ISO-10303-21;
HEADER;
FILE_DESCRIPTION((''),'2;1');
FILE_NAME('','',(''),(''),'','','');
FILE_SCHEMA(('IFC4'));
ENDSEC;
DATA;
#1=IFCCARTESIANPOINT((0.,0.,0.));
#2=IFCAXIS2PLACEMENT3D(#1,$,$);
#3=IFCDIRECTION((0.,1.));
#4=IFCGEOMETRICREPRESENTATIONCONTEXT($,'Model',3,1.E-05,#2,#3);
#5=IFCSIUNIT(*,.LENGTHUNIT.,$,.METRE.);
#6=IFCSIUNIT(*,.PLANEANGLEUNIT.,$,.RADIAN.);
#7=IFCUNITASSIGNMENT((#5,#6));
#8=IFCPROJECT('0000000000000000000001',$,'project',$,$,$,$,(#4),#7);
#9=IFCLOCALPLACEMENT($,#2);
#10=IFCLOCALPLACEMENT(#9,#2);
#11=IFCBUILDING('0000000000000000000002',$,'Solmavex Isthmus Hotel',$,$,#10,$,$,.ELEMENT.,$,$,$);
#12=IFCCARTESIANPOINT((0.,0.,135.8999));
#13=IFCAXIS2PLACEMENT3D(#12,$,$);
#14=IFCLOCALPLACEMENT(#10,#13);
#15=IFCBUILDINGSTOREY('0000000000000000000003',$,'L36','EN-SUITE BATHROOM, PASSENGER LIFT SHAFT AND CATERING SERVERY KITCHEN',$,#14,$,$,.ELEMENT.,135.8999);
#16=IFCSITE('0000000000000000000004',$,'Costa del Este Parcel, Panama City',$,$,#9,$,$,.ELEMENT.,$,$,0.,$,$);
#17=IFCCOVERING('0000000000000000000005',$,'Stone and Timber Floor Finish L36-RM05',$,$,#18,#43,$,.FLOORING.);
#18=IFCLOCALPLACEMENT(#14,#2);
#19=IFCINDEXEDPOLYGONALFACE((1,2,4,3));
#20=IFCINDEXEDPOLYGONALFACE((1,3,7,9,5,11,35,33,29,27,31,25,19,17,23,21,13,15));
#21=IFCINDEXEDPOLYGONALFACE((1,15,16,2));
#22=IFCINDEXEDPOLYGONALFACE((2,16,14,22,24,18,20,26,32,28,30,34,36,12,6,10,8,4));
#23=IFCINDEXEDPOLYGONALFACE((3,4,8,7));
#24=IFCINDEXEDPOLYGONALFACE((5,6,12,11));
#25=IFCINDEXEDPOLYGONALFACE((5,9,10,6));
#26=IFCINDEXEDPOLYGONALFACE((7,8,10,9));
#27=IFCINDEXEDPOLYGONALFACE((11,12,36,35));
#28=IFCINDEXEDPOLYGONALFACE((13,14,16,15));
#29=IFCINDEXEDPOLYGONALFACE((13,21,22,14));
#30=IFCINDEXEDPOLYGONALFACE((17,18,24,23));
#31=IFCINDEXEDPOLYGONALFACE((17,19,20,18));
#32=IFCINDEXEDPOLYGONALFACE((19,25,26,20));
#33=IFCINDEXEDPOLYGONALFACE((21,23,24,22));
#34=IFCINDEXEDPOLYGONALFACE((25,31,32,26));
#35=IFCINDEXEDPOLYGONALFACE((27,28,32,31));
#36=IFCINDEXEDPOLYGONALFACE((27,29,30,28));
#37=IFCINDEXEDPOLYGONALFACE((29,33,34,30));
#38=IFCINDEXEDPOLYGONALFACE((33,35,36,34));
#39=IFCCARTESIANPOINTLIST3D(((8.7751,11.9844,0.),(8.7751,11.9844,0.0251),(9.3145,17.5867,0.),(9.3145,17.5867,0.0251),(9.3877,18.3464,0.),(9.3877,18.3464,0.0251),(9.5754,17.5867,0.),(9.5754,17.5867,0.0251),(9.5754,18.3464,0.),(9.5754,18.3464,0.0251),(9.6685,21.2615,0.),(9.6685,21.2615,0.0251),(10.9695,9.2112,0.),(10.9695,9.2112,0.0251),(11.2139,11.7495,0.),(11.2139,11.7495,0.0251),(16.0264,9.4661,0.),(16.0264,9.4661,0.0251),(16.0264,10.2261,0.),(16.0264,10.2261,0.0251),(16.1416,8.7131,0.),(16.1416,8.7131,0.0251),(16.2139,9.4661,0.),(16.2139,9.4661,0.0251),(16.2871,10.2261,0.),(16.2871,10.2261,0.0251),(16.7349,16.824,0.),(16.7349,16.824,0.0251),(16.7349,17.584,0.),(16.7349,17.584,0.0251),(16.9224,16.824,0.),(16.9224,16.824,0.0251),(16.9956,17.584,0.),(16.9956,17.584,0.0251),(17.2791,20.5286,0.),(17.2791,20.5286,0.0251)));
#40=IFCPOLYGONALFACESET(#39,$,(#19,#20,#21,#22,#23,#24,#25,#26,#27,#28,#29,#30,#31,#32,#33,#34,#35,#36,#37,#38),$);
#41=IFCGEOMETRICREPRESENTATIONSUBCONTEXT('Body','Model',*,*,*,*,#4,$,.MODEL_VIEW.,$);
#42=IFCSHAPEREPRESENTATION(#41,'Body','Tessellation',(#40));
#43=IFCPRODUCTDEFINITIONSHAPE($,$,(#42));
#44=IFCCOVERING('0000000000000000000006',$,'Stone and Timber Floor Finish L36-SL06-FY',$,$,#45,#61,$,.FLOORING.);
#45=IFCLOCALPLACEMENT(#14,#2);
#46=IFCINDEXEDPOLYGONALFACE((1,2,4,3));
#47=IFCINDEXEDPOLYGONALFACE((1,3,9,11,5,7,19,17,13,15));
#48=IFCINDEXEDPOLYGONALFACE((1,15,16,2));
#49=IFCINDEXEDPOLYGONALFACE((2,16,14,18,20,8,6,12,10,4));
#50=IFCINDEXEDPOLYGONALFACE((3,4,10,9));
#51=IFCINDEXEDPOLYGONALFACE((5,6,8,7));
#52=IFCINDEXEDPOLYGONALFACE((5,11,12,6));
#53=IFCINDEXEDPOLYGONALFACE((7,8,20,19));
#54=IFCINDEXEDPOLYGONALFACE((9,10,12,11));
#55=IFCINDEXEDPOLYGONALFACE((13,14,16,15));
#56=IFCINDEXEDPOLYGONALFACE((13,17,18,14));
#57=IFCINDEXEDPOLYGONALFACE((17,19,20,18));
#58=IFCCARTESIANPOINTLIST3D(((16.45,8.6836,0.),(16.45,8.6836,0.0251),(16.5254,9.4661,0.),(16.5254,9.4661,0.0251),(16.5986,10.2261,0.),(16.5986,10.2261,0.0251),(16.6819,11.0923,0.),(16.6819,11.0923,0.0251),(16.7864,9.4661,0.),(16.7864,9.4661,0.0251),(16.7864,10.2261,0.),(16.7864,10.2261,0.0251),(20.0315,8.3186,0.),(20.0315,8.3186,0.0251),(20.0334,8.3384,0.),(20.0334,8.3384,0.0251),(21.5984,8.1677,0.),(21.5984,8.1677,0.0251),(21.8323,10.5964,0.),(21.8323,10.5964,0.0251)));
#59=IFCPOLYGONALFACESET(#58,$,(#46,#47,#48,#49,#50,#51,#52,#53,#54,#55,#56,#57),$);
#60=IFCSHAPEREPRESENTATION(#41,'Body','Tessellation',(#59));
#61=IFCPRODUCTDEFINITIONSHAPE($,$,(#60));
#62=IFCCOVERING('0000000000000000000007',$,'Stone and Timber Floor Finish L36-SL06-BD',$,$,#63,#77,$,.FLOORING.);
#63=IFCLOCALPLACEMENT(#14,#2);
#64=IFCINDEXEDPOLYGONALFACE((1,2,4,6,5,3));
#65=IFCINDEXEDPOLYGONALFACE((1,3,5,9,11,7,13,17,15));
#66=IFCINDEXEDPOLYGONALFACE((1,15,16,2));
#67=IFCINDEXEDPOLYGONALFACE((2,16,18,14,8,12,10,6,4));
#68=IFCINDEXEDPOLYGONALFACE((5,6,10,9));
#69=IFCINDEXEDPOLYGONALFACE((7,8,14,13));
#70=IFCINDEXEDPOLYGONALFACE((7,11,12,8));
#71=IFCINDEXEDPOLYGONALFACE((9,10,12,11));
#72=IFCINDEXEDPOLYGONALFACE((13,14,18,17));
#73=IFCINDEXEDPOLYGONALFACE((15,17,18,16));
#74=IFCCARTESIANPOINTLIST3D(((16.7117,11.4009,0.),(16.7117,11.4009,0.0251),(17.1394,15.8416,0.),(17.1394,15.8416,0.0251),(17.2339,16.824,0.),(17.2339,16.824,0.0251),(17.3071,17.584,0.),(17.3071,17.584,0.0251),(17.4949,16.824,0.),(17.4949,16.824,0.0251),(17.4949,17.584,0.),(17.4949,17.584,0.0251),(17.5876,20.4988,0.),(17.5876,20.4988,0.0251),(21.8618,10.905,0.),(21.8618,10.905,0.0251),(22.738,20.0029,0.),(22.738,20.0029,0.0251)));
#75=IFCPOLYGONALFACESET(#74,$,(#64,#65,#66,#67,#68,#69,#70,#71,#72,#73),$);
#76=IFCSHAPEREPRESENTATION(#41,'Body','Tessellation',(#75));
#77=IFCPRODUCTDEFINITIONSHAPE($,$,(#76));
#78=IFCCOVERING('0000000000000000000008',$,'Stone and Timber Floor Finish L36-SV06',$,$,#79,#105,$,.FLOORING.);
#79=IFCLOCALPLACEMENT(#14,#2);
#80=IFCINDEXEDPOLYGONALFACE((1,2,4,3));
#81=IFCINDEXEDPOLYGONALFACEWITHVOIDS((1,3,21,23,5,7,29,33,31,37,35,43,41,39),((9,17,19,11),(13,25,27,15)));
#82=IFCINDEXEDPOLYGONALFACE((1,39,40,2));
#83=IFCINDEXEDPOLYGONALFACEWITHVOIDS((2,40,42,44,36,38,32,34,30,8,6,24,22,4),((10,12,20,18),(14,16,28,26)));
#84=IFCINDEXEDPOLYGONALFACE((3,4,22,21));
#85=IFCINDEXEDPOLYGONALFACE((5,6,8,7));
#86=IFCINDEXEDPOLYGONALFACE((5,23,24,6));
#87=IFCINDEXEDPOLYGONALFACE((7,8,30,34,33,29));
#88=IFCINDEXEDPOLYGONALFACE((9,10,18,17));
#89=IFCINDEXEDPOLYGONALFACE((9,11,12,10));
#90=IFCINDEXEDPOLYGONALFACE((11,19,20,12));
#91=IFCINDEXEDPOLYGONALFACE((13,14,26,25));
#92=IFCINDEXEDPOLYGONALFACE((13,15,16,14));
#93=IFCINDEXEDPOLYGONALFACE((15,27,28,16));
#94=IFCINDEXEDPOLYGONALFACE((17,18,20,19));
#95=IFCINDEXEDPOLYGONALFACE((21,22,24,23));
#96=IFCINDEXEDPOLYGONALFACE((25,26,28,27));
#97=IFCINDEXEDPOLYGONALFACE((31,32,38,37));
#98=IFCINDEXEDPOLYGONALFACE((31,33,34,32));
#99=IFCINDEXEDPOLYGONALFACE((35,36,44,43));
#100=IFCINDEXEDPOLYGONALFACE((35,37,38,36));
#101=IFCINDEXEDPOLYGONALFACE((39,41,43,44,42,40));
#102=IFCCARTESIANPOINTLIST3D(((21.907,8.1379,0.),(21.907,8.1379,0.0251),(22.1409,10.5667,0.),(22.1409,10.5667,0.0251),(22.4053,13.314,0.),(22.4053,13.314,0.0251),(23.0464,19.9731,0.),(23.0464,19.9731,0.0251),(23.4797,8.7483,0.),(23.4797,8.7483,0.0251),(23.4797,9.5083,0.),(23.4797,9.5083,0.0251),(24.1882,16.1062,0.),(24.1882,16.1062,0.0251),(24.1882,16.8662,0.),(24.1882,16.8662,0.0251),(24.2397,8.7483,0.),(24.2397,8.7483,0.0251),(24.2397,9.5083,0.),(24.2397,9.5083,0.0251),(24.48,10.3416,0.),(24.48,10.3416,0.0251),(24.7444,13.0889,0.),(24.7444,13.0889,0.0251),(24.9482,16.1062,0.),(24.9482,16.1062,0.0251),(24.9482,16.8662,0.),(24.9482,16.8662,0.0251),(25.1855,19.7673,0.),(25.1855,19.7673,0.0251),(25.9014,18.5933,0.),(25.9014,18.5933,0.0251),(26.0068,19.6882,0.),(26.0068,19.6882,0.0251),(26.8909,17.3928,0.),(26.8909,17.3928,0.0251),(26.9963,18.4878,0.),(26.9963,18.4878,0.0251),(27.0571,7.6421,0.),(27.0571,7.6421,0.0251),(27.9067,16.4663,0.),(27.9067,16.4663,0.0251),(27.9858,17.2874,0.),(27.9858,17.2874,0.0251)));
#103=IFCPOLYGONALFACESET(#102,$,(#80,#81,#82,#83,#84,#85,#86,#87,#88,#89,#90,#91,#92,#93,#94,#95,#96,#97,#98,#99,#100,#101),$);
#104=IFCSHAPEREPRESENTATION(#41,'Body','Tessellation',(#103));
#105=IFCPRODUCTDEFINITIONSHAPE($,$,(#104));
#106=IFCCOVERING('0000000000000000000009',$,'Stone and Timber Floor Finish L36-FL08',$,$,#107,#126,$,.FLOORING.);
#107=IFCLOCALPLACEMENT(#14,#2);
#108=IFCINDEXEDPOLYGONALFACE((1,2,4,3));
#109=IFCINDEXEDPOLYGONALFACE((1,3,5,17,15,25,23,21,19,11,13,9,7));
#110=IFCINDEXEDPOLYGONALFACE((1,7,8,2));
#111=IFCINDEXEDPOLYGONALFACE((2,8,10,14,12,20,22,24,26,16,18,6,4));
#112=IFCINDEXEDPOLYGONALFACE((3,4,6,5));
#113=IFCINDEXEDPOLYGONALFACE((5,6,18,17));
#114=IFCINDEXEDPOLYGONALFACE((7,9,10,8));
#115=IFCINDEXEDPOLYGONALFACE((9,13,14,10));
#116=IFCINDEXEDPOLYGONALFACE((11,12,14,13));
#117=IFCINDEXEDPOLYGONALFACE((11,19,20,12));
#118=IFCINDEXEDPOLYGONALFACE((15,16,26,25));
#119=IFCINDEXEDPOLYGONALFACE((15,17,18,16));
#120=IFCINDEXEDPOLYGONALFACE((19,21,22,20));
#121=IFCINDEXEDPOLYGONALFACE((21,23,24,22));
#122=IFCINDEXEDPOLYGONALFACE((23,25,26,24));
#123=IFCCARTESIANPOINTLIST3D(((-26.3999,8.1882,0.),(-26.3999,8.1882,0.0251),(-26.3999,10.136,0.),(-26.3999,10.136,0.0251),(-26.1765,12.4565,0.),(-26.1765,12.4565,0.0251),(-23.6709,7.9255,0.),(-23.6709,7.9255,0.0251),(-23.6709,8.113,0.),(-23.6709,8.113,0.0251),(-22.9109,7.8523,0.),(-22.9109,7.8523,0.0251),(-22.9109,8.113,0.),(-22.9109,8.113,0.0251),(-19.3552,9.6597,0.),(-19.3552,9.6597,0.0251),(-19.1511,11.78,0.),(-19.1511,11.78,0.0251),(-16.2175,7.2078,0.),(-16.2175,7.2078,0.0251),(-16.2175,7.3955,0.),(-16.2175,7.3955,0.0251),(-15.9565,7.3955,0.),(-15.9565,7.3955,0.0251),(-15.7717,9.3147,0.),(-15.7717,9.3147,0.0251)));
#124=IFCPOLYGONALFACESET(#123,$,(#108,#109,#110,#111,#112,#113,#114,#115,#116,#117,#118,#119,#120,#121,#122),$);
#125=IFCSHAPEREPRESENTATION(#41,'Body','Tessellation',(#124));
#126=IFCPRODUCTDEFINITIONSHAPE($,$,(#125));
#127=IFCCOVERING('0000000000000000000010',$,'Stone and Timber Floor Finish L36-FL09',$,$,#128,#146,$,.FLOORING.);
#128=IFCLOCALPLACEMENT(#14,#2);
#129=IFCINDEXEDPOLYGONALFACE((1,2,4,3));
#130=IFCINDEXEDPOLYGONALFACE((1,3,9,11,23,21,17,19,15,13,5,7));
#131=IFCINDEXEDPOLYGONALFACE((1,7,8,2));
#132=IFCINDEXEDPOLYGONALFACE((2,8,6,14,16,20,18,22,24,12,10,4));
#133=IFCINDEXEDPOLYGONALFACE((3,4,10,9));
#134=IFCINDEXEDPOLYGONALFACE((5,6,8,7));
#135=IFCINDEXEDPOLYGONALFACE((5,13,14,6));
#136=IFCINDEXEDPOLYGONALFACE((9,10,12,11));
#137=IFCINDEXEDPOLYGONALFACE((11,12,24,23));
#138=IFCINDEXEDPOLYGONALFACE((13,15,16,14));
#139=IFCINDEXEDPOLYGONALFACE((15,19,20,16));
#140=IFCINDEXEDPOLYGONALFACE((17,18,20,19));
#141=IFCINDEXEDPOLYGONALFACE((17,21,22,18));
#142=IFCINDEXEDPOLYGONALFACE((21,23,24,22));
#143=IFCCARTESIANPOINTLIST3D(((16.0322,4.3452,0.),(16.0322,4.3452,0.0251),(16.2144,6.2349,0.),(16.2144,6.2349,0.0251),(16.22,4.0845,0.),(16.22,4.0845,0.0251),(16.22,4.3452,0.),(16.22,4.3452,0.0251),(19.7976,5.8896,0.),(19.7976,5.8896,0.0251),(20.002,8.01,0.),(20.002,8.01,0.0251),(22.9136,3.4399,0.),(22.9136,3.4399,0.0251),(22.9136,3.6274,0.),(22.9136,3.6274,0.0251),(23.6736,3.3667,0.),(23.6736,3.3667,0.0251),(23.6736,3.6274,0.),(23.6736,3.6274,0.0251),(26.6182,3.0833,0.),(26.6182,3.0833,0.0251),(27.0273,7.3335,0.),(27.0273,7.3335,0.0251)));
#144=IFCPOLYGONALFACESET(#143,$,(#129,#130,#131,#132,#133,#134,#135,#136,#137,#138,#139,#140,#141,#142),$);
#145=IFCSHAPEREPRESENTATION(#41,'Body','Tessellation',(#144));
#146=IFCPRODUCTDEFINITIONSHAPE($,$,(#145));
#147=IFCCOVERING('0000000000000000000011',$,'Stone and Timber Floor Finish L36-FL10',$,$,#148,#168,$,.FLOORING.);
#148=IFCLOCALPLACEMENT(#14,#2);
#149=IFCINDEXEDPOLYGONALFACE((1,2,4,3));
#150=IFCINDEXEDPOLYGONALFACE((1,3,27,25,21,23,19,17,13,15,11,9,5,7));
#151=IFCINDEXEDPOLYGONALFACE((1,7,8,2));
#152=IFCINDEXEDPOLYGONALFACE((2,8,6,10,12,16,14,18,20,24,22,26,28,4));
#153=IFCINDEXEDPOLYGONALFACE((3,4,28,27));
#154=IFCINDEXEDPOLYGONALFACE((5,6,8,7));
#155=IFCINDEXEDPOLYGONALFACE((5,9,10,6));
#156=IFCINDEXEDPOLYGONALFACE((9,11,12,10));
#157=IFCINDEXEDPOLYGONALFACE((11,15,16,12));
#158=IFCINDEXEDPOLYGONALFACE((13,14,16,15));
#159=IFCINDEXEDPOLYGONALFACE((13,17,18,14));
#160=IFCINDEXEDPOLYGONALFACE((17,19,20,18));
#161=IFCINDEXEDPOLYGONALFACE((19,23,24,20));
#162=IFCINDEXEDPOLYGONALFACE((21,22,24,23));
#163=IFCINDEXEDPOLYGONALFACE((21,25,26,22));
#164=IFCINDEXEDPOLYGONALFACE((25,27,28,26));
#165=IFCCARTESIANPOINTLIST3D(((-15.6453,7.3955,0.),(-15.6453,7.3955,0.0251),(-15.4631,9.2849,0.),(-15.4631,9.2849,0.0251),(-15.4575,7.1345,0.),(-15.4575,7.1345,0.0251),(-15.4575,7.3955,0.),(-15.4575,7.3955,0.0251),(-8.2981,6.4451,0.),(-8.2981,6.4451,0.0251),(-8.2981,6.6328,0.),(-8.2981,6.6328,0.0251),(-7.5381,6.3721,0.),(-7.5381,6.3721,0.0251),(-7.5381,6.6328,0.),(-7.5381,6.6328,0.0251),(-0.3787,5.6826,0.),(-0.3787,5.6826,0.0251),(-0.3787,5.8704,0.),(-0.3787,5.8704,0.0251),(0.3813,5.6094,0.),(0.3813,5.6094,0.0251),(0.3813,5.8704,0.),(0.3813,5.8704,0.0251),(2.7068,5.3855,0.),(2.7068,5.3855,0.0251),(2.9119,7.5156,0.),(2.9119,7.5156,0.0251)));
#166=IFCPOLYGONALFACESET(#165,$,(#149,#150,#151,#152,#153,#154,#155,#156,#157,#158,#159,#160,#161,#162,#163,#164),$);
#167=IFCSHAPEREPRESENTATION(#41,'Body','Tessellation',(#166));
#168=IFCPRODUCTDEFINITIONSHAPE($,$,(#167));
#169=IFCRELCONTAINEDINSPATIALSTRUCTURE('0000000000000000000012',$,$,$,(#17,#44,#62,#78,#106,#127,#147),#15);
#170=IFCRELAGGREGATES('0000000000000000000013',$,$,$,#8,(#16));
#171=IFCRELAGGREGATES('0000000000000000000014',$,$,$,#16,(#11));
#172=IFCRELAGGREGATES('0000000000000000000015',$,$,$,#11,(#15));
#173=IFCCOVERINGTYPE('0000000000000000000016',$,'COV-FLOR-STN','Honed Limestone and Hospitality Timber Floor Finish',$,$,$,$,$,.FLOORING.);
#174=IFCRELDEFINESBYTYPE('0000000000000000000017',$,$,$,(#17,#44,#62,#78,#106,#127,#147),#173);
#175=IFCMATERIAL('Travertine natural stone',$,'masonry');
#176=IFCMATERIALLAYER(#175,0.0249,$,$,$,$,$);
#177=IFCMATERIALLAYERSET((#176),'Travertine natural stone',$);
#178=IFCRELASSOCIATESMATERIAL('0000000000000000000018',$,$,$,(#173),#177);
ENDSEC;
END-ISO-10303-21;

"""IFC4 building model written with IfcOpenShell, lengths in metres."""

from ifc_helpers import new_model, si_unit, direction, frame, origin, place, context, subcontext, project, spatial, polyline, outline, extrude, material, layer, layer_set, type_object, element, save


model = new_model("IFC4")

# Units and contexts
model_context = context("Model", 3, precision=1e-05, world=origin(), true_north=direction((0.0, 1.0)))
body_context = subcontext(model_context, "Body", "Model", "MODEL_VIEW")
ifc_project = project(units=[si_unit("LENGTHUNIT", "METRE"), si_unit("PLANEANGLEUNIT", "RADIAN")], contexts=[model_context])

# Site, building, storey
site_placement = place(None, origin())
site = spatial("IfcSite", under=ifc_project, at=site_placement, Name="Costa del Este Parcel, Panama City", CompositionType="ELEMENT", RefElevation=0.0)
building_placement = place(site_placement, origin())
building = spatial("IfcBuilding", under=site, at=building_placement, Name="Solmavex Isthmus Hotel", CompositionType="ELEMENT")
storey_placement = place(building_placement, frame((0.0, 0.0, 135.8999)))
storey = spatial("IfcBuildingStorey", under=building, at=storey_placement, Name="L36", Description="EN-SUITE BATHROOM, PASSENGER LIFT SHAFT AND CATERING SERVERY KITCHEN", CompositionType="ELEMENT", Elevation=135.8999)

# Coverings
ifc_material_1 = material(Name="Travertine natural stone", Category="masonry")
ifc_layer_1 = layer(ifc_material_1, 0.0249)
ifc_layer_set_1 = layer_set([ifc_layer_1], Name="Travertine natural stone")
covering_type_1 = type_object("IfcCoveringType", Name="COV-FLOR-STN", Description="Honed Limestone and Hospitality Timber Floor Finish", PredefinedType="FLOORING", material=ifc_layer_set_1)
covering_1_placement = place(storey_placement, origin())
element("IfcCovering", 1, at=covering_1_placement, inside=storey, type_object=covering_type_1, Name="Stone and Timber Floor Finish L36-RM05", PredefinedType="FLOORING", context=body_context, shape_type="SweptSolid", body=[
    extrude(outline(polyline([(9.3877, 18.3464), (9.5754, 18.3464), (9.5754, 17.5867), (9.3145, 17.5867), (8.7751, 11.9844), (11.2139, 11.7495), (10.9695, 9.2112), (16.1416, 8.7131), (16.2139, 9.4661), (16.0264, 9.4661), (16.0264, 10.2261), (16.2871, 10.2261), (16.9224, 16.824), (16.7349, 16.824), (16.7349, 17.584), (16.9956, 17.584), (17.2791, 20.5286), (9.6685, 21.2615), (9.3877, 18.3464)])), origin(), (0.0, 0.0, 1.0), 0.0251),
])
covering_2_placement = place(storey_placement, origin())
element("IfcCovering", 2, at=covering_2_placement, inside=storey, type_object=covering_type_1, Name="Stone and Timber Floor Finish L36-SL06-FY", PredefinedType="FLOORING", context=body_context, shape_type="SweptSolid", body=[
    extrude(outline(polyline([(16.5986, 10.2261), (16.7864, 10.2261), (16.7864, 9.4661), (16.5254, 9.4661), (16.45, 8.6836), (20.0334, 8.3384), (20.0315, 8.3186), (21.5984, 8.1677), (21.8323, 10.5964), (16.6819, 11.0923), (16.5986, 10.2261)])), origin(), (0.0, 0.0, 1.0), 0.0251),
])
covering_3_placement = place(storey_placement, origin())
element("IfcCovering", 3, at=covering_3_placement, inside=storey, type_object=covering_type_1, Name="Stone and Timber Floor Finish L36-SL06-BD", PredefinedType="FLOORING", context=body_context, shape_type="SweptSolid", body=[
    extrude(outline(polyline([(17.3071, 17.584), (17.4949, 17.584), (17.4949, 16.824), (17.2339, 16.824), (17.1394, 15.8416), (16.7117, 11.4009), (21.8618, 10.905), (22.738, 20.0029), (17.5876, 20.4988), (17.3071, 17.584)])), origin(), (0.0, 0.0, 1.0), 0.0251),
])
covering_4_placement = place(storey_placement, origin())
element("IfcCovering", 4, at=covering_4_placement, inside=storey, type_object=covering_type_1, Name="Stone and Timber Floor Finish L36-SV06", PredefinedType="FLOORING", context=body_context, shape_type="SweptSolid", body=[
    extrude(outline(polyline([(22.1409, 10.5667), (21.907, 8.1379), (27.0571, 7.6421), (27.9067, 16.4663), (27.9858, 17.2874), (26.8909, 17.3928), (26.9963, 18.4878), (25.9014, 18.5933), (26.0068, 19.6882), (25.1855, 19.7673), (23.0464, 19.9731), (22.4053, 13.314), (24.7444, 13.0889), (24.48, 10.3416), (22.1409, 10.5667)]), holes=[polyline([(24.1882, 16.1062), (24.1882, 16.8662), (24.9482, 16.8662), (24.9482, 16.1062), (24.1882, 16.1062)]), polyline([(23.4797, 8.7483), (23.4797, 9.5083), (24.2397, 9.5083), (24.2397, 8.7483), (23.4797, 8.7483)])]), origin(), (0.0, 0.0, 1.0), 0.0251),
])
covering_5_placement = place(storey_placement, origin())
element("IfcCovering", 5, at=covering_5_placement, inside=storey, type_object=covering_type_1, Name="Stone and Timber Floor Finish L36-FL08", PredefinedType="FLOORING", context=body_context, shape_type="SweptSolid", body=[
    extrude(outline(polyline([(-16.2175, 7.2078), (-16.2175, 7.3955), (-15.9565, 7.3955), (-15.7717, 9.3147), (-19.3552, 9.6597), (-19.1511, 11.78), (-26.1765, 12.4565), (-26.3999, 10.136), (-26.3999, 8.1882), (-23.6709, 7.9255), (-23.6709, 8.113), (-22.9109, 8.113), (-22.9109, 7.8523), (-16.2175, 7.2078)])), origin(), (0.0, 0.0, 1.0), 0.0251),
])
covering_6_placement = place(storey_placement, origin())
element("IfcCovering", 6, at=covering_6_placement, inside=storey, type_object=covering_type_1, Name="Stone and Timber Floor Finish L36-FL09", PredefinedType="FLOORING", context=body_context, shape_type="SweptSolid", body=[
    extrude(outline(polyline([(22.9136, 3.4399), (22.9136, 3.6274), (23.6736, 3.6274), (23.6736, 3.3667), (26.6182, 3.0833), (27.0273, 7.3335), (20.002, 8.01), (19.7976, 5.8896), (16.2144, 6.2349), (16.0322, 4.3452), (16.22, 4.3452), (16.22, 4.0845), (22.9136, 3.4399)])), origin(), (0.0, 0.0, 1.0), 0.0251),
])
covering_7_placement = place(storey_placement, origin())
element("IfcCovering", 7, at=covering_7_placement, inside=storey, type_object=covering_type_1, Name="Stone and Timber Floor Finish L36-FL10", PredefinedType="FLOORING", context=body_context, shape_type="SweptSolid", body=[
    extrude(outline(polyline([(-0.3787, 5.6826), (-0.3787, 5.8704), (0.3813, 5.8704), (0.3813, 5.6094), (2.7068, 5.3855), (2.9119, 7.5156), (-15.4631, 9.2849), (-15.6453, 7.3955), (-15.4575, 7.3955), (-15.4575, 7.1345), (-8.2981, 6.4451), (-8.2981, 6.6328), (-7.5381, 6.6328), (-7.5381, 6.3721), (-0.3787, 5.6826)])), origin(), (0.0, 0.0, 1.0), 0.0251),
])

save(model, "model.ifc")
